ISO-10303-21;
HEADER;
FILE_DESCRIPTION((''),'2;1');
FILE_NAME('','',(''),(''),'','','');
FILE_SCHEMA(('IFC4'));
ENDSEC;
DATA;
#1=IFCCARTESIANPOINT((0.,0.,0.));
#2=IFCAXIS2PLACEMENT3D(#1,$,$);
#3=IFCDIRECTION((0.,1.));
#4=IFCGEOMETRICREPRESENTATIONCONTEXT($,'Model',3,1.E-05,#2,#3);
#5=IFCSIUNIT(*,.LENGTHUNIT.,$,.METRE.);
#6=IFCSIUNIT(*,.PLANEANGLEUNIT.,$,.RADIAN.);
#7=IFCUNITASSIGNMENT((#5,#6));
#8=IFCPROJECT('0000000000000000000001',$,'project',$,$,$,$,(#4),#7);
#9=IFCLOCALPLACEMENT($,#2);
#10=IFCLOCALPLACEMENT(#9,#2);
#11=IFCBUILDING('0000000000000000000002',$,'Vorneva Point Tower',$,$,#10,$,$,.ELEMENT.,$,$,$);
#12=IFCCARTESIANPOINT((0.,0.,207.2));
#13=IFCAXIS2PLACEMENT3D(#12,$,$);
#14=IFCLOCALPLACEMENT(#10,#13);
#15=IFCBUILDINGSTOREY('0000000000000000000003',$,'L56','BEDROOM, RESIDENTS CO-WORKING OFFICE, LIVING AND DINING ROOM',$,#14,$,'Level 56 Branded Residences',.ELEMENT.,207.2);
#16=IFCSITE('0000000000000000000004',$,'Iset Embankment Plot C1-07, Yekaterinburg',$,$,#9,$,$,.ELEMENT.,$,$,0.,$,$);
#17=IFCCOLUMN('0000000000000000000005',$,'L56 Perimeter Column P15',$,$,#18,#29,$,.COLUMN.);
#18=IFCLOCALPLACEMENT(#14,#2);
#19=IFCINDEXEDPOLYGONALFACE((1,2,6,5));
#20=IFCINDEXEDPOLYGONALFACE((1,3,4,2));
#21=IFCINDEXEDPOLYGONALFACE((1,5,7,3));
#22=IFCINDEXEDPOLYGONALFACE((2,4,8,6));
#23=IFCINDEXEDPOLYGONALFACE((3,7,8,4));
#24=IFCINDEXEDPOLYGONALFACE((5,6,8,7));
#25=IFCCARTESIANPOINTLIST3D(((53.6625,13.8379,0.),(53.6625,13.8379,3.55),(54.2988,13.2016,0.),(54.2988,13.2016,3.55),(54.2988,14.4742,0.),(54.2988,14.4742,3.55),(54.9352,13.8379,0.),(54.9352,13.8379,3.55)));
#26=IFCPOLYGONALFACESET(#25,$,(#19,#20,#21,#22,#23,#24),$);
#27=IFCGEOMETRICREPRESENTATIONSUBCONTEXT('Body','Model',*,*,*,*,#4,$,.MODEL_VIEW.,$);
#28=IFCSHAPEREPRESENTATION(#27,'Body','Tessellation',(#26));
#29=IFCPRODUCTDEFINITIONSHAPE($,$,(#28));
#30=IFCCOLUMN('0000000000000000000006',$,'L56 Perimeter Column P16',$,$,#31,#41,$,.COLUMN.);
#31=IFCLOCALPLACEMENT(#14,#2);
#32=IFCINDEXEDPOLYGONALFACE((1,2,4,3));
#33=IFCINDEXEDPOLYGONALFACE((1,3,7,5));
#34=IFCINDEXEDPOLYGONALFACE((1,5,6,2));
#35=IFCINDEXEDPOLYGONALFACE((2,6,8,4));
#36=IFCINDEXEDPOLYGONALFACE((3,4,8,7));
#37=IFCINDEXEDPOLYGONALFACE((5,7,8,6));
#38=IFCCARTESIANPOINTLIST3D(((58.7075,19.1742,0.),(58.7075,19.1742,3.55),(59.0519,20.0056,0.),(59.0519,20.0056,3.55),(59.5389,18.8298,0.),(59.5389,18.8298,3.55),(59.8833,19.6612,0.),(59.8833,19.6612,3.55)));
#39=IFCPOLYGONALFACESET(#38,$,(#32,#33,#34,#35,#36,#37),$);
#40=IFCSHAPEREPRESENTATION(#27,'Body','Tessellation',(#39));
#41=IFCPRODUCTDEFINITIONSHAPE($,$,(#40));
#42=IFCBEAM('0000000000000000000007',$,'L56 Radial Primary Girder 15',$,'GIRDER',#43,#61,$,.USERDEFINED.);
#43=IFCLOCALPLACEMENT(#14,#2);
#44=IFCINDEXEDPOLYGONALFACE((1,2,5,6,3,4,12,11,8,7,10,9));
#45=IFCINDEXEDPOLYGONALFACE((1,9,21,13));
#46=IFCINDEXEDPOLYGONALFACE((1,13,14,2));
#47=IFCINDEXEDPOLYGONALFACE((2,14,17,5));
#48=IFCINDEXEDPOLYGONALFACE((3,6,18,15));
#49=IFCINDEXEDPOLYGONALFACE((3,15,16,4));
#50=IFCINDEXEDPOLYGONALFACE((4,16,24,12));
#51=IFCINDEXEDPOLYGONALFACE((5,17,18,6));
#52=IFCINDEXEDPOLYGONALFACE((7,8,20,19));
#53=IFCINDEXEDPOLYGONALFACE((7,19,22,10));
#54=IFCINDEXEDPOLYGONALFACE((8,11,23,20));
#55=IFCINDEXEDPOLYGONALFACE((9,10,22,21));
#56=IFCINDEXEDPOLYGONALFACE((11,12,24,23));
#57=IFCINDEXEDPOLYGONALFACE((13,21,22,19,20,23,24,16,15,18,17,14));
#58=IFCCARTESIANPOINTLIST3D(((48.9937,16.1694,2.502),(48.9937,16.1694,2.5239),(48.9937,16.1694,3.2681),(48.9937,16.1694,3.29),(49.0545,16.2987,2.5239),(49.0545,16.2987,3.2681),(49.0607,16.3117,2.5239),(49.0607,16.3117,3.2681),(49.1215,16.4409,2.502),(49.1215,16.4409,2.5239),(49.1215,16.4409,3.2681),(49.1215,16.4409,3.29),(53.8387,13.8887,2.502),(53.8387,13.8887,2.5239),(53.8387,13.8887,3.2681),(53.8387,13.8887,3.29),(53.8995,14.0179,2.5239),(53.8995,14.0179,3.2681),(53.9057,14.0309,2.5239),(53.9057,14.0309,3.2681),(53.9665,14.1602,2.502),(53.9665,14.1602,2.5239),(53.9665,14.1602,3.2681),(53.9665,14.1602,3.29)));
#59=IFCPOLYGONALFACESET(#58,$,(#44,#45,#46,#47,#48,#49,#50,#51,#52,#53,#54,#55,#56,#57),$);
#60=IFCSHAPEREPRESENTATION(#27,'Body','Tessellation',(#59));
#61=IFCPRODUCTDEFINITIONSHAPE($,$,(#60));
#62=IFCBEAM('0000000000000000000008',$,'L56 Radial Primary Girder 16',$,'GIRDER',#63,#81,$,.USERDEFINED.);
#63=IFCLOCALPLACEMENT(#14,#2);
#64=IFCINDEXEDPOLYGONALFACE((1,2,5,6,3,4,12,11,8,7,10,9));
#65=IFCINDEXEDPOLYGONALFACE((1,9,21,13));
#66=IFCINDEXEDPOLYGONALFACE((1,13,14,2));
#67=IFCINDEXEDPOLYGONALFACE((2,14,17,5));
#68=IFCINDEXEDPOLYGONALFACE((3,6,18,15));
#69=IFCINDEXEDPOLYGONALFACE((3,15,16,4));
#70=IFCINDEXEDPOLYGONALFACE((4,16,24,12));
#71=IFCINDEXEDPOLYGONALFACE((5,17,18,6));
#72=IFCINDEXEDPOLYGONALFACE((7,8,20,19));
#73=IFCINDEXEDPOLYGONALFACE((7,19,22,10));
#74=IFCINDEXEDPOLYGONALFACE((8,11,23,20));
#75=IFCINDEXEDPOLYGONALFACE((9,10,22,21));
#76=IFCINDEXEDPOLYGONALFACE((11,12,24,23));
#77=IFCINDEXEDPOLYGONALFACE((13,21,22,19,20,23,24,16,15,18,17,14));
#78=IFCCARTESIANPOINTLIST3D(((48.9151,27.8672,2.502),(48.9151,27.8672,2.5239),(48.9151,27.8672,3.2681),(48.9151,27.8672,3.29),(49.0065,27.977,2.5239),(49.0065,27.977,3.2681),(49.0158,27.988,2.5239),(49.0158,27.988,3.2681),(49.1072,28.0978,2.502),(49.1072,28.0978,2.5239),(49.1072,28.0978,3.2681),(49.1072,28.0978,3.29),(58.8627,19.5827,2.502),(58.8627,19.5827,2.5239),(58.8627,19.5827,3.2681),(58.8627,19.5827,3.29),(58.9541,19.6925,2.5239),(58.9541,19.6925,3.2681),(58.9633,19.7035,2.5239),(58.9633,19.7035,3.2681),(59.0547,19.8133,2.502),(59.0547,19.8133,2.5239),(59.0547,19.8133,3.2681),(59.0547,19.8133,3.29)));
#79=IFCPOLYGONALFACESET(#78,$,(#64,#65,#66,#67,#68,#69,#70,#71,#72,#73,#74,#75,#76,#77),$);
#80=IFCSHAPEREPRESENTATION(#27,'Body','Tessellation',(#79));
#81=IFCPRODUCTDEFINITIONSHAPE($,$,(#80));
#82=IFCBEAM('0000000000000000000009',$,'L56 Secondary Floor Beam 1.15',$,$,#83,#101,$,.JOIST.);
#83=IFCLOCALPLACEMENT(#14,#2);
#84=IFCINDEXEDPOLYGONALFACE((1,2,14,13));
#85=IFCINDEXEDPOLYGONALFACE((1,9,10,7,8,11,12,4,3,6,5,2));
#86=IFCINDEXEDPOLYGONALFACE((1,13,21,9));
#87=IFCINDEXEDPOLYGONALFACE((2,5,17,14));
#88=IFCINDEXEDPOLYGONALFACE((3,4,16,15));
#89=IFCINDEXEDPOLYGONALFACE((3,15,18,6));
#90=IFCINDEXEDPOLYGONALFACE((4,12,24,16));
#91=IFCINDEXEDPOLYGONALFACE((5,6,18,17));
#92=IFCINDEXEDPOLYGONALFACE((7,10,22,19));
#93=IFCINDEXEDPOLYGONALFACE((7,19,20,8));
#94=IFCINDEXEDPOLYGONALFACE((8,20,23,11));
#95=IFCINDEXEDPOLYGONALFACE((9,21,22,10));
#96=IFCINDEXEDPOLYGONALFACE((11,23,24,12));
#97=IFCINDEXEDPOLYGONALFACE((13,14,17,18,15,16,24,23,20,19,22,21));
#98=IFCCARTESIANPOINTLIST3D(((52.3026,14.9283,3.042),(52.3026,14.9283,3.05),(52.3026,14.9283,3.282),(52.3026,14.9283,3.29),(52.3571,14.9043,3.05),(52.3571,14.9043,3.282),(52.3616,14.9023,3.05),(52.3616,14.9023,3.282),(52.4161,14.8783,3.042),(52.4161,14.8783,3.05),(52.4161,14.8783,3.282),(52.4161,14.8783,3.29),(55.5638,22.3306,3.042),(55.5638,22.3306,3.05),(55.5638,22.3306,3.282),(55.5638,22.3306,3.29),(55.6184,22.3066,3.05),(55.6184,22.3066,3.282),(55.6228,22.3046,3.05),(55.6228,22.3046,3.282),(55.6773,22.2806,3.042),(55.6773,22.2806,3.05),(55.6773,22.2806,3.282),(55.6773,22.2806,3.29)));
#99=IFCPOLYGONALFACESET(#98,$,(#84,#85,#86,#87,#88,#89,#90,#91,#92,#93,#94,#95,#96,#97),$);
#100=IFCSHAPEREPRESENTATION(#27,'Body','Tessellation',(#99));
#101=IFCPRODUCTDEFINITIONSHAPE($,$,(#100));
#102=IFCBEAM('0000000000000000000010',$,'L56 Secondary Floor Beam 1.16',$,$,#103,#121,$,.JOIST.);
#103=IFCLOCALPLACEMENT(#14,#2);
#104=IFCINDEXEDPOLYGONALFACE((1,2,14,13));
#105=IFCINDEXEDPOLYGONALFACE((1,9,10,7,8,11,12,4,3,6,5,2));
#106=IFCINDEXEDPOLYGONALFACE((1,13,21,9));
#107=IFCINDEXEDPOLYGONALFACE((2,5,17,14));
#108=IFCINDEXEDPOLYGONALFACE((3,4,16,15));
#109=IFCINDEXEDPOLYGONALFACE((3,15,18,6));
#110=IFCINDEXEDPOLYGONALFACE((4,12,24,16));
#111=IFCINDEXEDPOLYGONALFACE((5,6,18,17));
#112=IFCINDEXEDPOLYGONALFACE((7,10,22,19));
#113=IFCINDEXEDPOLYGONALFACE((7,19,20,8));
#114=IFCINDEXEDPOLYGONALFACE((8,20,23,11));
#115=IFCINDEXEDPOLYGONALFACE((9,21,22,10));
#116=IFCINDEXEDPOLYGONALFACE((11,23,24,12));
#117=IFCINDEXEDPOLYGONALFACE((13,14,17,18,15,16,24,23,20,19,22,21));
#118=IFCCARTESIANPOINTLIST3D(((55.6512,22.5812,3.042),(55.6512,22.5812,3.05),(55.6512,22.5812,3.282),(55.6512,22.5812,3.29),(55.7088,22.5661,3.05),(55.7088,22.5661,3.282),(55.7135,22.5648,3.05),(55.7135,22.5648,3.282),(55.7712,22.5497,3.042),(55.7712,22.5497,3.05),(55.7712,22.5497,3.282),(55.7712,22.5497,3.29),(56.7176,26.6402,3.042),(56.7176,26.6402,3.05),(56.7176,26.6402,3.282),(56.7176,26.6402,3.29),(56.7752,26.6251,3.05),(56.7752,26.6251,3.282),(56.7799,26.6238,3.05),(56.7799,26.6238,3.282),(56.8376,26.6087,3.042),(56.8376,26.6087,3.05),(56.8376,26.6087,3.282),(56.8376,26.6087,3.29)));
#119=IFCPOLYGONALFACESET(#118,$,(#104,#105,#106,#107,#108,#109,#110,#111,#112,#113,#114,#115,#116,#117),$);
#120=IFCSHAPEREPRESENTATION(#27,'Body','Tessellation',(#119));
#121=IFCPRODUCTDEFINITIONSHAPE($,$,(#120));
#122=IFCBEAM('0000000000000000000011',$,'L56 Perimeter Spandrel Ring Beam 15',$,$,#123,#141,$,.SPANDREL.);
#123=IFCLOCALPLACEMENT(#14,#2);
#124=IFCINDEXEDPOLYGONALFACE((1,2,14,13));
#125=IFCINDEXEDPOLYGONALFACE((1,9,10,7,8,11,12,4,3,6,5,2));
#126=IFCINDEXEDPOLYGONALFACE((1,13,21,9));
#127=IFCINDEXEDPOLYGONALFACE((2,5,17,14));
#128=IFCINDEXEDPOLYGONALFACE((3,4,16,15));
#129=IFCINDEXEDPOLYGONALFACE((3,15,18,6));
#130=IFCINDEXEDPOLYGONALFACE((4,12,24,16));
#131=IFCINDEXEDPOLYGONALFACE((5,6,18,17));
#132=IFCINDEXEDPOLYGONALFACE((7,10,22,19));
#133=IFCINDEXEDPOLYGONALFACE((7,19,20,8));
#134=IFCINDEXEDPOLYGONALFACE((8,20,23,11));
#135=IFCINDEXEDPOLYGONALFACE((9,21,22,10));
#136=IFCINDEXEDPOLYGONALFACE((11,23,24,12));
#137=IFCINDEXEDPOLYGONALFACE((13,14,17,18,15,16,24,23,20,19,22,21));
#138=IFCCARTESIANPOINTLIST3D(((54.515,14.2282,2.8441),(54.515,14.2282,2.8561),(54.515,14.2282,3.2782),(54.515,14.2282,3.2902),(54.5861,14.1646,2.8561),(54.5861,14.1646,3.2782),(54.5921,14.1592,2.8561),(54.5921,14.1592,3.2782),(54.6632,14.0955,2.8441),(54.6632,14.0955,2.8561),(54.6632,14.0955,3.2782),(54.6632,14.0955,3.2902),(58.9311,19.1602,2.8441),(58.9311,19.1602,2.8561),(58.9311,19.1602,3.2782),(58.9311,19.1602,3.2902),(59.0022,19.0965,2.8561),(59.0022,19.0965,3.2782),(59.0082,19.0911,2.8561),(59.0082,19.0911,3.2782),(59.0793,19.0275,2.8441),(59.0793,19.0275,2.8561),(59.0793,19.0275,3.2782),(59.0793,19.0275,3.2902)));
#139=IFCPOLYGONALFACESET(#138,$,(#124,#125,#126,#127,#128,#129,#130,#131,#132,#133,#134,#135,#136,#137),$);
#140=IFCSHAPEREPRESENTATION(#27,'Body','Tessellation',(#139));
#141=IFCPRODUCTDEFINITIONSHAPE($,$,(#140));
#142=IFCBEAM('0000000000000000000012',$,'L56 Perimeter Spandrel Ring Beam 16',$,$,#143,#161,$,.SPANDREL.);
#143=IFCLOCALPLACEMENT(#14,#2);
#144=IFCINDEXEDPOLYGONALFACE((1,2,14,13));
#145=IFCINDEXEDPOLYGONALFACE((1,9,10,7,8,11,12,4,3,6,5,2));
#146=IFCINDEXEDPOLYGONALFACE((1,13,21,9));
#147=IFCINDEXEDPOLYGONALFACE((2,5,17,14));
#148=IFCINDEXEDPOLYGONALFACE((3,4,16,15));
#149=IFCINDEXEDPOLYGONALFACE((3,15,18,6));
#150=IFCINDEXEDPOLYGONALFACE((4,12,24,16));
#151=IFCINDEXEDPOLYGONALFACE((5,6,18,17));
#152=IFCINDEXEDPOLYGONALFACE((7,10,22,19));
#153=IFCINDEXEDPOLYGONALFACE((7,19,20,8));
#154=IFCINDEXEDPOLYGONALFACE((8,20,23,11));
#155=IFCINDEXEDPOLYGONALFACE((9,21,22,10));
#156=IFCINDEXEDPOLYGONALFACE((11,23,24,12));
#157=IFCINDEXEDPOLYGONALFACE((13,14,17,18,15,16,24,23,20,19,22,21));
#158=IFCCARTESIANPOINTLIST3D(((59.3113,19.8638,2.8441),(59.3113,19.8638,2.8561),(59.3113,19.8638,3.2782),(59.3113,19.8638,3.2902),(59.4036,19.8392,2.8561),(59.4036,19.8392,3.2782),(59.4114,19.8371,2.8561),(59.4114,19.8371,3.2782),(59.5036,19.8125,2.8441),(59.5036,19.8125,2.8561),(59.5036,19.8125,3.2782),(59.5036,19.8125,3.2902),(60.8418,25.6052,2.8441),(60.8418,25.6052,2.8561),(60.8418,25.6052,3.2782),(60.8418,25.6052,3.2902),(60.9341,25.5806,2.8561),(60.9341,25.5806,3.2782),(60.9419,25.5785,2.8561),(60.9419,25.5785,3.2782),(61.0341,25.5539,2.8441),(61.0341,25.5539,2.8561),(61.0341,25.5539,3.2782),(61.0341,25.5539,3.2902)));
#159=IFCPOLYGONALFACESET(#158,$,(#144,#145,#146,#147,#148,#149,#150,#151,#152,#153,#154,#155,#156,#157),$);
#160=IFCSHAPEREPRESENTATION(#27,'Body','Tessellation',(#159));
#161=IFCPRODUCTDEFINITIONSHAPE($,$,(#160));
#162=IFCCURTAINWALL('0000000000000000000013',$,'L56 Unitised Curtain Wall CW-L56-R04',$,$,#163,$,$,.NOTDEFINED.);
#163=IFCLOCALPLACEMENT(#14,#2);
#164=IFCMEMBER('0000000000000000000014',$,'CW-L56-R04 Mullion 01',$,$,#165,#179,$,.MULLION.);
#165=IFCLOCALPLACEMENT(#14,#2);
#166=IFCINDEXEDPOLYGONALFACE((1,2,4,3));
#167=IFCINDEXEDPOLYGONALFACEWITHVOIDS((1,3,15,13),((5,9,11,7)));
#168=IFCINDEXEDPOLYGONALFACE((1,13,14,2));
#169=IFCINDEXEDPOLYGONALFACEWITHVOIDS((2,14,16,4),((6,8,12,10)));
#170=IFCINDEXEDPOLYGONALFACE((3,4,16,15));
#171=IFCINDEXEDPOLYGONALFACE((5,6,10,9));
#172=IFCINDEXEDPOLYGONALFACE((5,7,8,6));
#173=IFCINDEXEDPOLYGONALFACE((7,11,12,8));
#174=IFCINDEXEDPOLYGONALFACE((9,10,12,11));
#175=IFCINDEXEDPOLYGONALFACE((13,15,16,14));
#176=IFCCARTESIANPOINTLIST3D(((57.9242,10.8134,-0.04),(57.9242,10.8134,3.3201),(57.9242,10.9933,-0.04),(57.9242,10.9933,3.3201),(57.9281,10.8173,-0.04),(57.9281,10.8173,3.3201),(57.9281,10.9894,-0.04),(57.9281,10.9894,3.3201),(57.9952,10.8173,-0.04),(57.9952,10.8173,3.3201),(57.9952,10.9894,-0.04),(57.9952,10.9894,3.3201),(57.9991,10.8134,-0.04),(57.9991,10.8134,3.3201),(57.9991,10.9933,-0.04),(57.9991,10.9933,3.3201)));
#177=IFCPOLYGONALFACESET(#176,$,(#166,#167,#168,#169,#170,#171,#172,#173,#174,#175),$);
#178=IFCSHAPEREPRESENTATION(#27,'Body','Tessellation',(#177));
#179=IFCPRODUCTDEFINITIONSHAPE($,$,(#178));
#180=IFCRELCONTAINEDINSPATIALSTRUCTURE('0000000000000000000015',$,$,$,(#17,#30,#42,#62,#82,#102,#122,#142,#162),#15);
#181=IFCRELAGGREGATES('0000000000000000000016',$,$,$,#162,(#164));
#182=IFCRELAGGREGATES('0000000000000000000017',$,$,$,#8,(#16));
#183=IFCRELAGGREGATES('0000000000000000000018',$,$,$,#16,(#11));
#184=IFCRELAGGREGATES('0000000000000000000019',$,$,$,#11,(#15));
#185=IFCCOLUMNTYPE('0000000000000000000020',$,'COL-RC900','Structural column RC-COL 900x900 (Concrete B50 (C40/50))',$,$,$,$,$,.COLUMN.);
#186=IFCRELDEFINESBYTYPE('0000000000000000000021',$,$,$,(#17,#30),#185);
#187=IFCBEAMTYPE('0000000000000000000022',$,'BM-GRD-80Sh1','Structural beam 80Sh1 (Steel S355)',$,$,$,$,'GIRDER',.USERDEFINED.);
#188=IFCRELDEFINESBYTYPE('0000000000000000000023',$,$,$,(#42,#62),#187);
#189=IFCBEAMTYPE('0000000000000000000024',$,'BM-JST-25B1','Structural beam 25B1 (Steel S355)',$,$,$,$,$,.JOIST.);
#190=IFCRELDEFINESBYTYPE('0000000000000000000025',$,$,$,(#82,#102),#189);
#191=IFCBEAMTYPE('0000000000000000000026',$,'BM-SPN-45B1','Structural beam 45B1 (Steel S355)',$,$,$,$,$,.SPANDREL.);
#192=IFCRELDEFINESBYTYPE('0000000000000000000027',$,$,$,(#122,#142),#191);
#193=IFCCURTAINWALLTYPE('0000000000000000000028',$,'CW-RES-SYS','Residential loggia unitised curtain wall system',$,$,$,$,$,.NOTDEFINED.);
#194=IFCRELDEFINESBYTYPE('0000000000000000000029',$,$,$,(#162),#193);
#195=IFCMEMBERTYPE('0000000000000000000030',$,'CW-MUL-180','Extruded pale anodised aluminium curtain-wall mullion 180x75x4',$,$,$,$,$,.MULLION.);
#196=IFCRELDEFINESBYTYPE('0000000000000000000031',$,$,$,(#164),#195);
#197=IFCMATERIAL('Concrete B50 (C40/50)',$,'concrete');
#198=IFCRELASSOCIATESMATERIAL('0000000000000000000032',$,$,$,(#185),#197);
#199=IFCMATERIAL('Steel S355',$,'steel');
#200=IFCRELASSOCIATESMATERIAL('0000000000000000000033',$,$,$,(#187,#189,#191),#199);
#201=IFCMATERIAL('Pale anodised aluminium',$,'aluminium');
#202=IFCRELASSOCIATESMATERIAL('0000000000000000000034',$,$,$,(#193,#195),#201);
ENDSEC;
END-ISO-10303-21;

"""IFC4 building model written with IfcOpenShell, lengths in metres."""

from ifc_helpers import new_model, si_unit, direction, frame, origin, origin_2d, place, context, subcontext, project, spatial, rectangle, hollow_rectangle, i_section, extrude, material, material_profile, profile_set, type_object, element, aggregate, save


model = new_model("IFC4")

# Units and contexts
model_context = context("Model", 3, precision=1e-05, world=origin(), true_north=direction((0.0, 1.0)))
body_context = subcontext(model_context, "Body", "Model", "MODEL_VIEW")
ifc_project = project(units=[si_unit("LENGTHUNIT", "METRE"), si_unit("PLANEANGLEUNIT", "RADIAN")], contexts=[model_context])

# Site, building, storey
site_placement = place(None, origin())
site = spatial("IfcSite", under=ifc_project, at=site_placement, Name="Iset Embankment Plot C1-07, Yekaterinburg", CompositionType="ELEMENT", RefElevation=0.0)
building_placement = place(site_placement, origin())
building = spatial("IfcBuilding", under=site, at=building_placement, Name="Vorneva Point Tower", CompositionType="ELEMENT")
storey_placement = place(building_placement, frame((0.0, 0.0, 207.2)))
storey = spatial("IfcBuildingStorey", under=building, at=storey_placement, Name="L56", Description="BEDROOM, RESIDENTS CO-WORKING OFFICE, LIVING AND DINING ROOM", LongName="Level 56 Branded Residences", CompositionType="ELEMENT", Elevation=207.2)

# Columns
ifc_material_1 = material(Name="Concrete B50 (C40/50)", Category="concrete")
ifc_material_profile_1 = material_profile(ifc_material_1, rectangle(XDim=0.8999, YDim=0.8999, at=origin_2d()), Name="RC-COL 900x900")
ifc_profile_set_1 = profile_set([ifc_material_profile_1], Name="Concrete B50 (C40/50)")
column_type = type_object("IfcColumnType", Name="COL-RC900", Description="Structural column RC-COL 900x900 (Concrete B50 (C40/50))", PredefinedType="COLUMN", material=ifc_profile_set_1)
for number, where, z_axis, x_axis, name in (
    (1, (54.2988, 13.8379, 0.0), (0.0, 0.0, 1.0), (0.707107, -0.707107, 0.0), "L56 Perimeter Column P15"),
    (2, (59.2954, 19.4177, 0.0), (0.0, 0.0, 1.0), (0.92388, -0.382683, 0.0), "L56 Perimeter Column P16"),
):
    element("IfcColumn", number, at=place(storey_placement, frame(where, z_axis=z_axis, x_axis=x_axis)), inside=storey, type_object=column_type, Name=name, PredefinedType="COLUMN", context=body_context, shape_type="SweptSolid", body=[
        extrude(rectangle(XDim=0.8999, YDim=0.8999, at=origin_2d()), origin(), (0.0, 0.0, 1.0), 3.55),
    ])

# Beams
ifc_material_2 = material(Name="Steel S355", Category="steel")
ifc_material_profile_2 = material_profile(ifc_material_2, i_section(OverallWidth=0.3, OverallDepth=0.7881, WebThickness=0.0144, FlangeThickness=0.022, at=origin_2d()), Name="80Sh1")
ifc_profile_set_2 = profile_set([ifc_material_profile_2], Name="Steel S355")
beam_type_1 = type_object("IfcBeamType", Name="BM-GRD-80Sh1", Description="Structural beam 80Sh1 (Steel S355)", ElementType="GIRDER", PredefinedType="USERDEFINED", material=ifc_profile_set_2)
beam_1_placement = place(storey_placement, frame((53.9026, 14.0244, 2.896), z_axis=(-0.904763, 0.425916, 0.0), x_axis=(-0.425916, -0.904763, 0.0)))
element("IfcBeam", 3, at=beam_1_placement, inside=storey, type_object=beam_type_1, Name="L56 Radial Primary Girder 15", ObjectType="GIRDER", PredefinedType="USERDEFINED", context=body_context, shape_type="SweptSolid", body=[
    extrude(i_section(OverallWidth=0.3, OverallDepth=0.7881, WebThickness=0.0144, FlangeThickness=0.022, at=origin_2d()), origin(), (0.0, 0.0, 1.0), 5.355),
])
beam_2_placement = place(storey_placement, frame((58.9587, 19.698, 2.896), z_axis=(-0.768418, 0.639949, 0.0), x_axis=(-0.639949, -0.768418, 0.0)))
element("IfcBeam", 4, at=beam_2_placement, inside=storey, type_object=beam_type_1, Name="L56 Radial Primary Girder 16", ObjectType="GIRDER", PredefinedType="USERDEFINED", context=body_context, shape_type="SweptSolid", body=[
    extrude(i_section(OverallWidth=0.3, OverallDepth=0.7881, WebThickness=0.0144, FlangeThickness=0.022, at=origin_2d()), origin(), (0.0, 0.0, 1.0), 12.9456),
])
ifc_material_profile_3 = material_profile(ifc_material_2, i_section(OverallWidth=0.124, OverallDepth=0.248, WebThickness=0.0049, FlangeThickness=0.0081, at=origin_2d()), Name="25B1")
ifc_profile_set_3 = profile_set([ifc_material_profile_3], Name="Steel S355")
beam_type_2 = type_object("IfcBeamType", Name="BM-JST-25B1", Description="Structural beam 25B1 (Steel S355)", PredefinedType="JOIST", material=ifc_profile_set_3)
beam_3_placement = place(storey_placement, frame((52.3594, 14.9033, 3.166), z_axis=(0.403173, 0.915124, 0.0), x_axis=(-0.915124, 0.403173, 0.0)))
element("IfcBeam", 5, at=beam_3_placement, inside=storey, type_object=beam_type_2, Name="L56 Secondary Floor Beam 1.15", PredefinedType="JOIST", context=body_context, shape_type="SweptSolid", body=[
    extrude(i_section(OverallWidth=0.124, OverallDepth=0.248, WebThickness=0.0049, FlangeThickness=0.0081, at=origin_2d()), origin(), (0.0, 0.0, 1.0), 8.0889),
])
beam_4_placement = place(storey_placement, frame((55.7112, 22.5654, 3.166), z_axis=(0.254098, 0.967178, 0.0), x_axis=(-0.967178, 0.254098, 0.0)))
element("IfcBeam", 6, at=beam_4_placement, inside=storey, type_object=beam_type_2, Name="L56 Secondary Floor Beam 1.16", PredefinedType="JOIST", context=body_context, shape_type="SweptSolid", body=[
    extrude(i_section(OverallWidth=0.124, OverallDepth=0.248, WebThickness=0.0049, FlangeThickness=0.0081, at=origin_2d()), origin(), (0.0, 0.0, 1.0), 4.1968),
])
ifc_material_profile_4 = material_profile(ifc_material_2, i_section(OverallWidth=0.199, OverallDepth=0.446, WebThickness=0.0081, FlangeThickness=0.012, at=origin_2d()), Name="45B1")
ifc_profile_set_4 = profile_set([ifc_material_profile_4], Name="Steel S355")
beam_type_3 = type_object("IfcBeamType", Name="BM-SPN-45B1", Description="Structural beam 45B1 (Steel S355)", PredefinedType="SPANDREL", material=ifc_profile_set_4)
beam_5_placement = place(storey_placement, frame((54.5891, 14.1619, 3.0671), z_axis=(0.66707, 0.744995, 0.0), x_axis=(-0.744995, 0.66707, 0.0)))
element("IfcBeam", 7, at=beam_5_placement, inside=storey, type_object=beam_type_3, Name="L56 Perimeter Spandrel Ring Beam 15", PredefinedType="SPANDREL", context=body_context, shape_type="SweptSolid", body=[
    extrude(i_section(OverallWidth=0.199, OverallDepth=0.446, WebThickness=0.0081, FlangeThickness=0.012, at=origin_2d()), origin(), (0.0, 0.0, 1.0), 6.6201),
])
beam_6_placement = place(storey_placement, frame((59.4075, 19.8381, 3.0671), z_axis=(0.257578, 0.966257, 0.0), x_axis=(-0.966257, 0.257578, 0.0)))
element("IfcBeam", 8, at=beam_6_placement, inside=storey, type_object=beam_type_3, Name="L56 Perimeter Spandrel Ring Beam 16", PredefinedType="SPANDREL", context=body_context, shape_type="SweptSolid", body=[
    extrude(i_section(OverallWidth=0.199, OverallDepth=0.446, WebThickness=0.0081, FlangeThickness=0.012, at=origin_2d()), origin(), (0.0, 0.0, 1.0), 5.9419),
])

# Curtain wall, member
ifc_material_3 = material(Name="Pale anodised aluminium", Category="aluminium")
curtain_wall_type = type_object("IfcCurtainWallType", Name="CW-RES-SYS", Description="Residential loggia unitised curtain wall system", PredefinedType="NOTDEFINED", material=ifc_material_3)
curtain_wall_placement = place(storey_placement, origin())
curtain_wall = element("IfcCurtainWall", 9, at=curtain_wall_placement, inside=storey, type_object=curtain_wall_type, Name="L56 Unitised Curtain Wall CW-L56-R04", PredefinedType="NOTDEFINED")
ifc_material_profile_5 = material_profile(ifc_material_3, hollow_rectangle(XDim=0.075, YDim=0.1799, WallThickness=0.0039, at=origin_2d()), Name="AL-MUL 180x75x4")
ifc_profile_set_5 = profile_set([ifc_material_profile_5], Name="Pale anodised aluminium")
member_type_1 = type_object("IfcMemberType", Name="CW-MUL-180", Description="Extruded pale anodised aluminium curtain-wall mullion 180x75x4", PredefinedType="MULLION", material=ifc_profile_set_5)
member_1_placement = place(storey_placement, frame((57.9617, 10.9033, -0.04), z_axis=(0.0, 0.0, 1.0), x_axis=(1.0, 0.0, 0.0)))
member_1 = element("IfcMember", 10, at=member_1_placement, type_object=member_type_1, Name="CW-L56-R04 Mullion 01", PredefinedType="MULLION", context=body_context, shape_type="SweptSolid", body=[
    extrude(hollow_rectangle(XDim=0.075, YDim=0.1799, WallThickness=0.0039, at=origin_2d()), origin(), (0.0, 0.0, 1.0), 3.3601),
])
aggregate(curtain_wall, [member_1])

save(model, "model.ifc")
